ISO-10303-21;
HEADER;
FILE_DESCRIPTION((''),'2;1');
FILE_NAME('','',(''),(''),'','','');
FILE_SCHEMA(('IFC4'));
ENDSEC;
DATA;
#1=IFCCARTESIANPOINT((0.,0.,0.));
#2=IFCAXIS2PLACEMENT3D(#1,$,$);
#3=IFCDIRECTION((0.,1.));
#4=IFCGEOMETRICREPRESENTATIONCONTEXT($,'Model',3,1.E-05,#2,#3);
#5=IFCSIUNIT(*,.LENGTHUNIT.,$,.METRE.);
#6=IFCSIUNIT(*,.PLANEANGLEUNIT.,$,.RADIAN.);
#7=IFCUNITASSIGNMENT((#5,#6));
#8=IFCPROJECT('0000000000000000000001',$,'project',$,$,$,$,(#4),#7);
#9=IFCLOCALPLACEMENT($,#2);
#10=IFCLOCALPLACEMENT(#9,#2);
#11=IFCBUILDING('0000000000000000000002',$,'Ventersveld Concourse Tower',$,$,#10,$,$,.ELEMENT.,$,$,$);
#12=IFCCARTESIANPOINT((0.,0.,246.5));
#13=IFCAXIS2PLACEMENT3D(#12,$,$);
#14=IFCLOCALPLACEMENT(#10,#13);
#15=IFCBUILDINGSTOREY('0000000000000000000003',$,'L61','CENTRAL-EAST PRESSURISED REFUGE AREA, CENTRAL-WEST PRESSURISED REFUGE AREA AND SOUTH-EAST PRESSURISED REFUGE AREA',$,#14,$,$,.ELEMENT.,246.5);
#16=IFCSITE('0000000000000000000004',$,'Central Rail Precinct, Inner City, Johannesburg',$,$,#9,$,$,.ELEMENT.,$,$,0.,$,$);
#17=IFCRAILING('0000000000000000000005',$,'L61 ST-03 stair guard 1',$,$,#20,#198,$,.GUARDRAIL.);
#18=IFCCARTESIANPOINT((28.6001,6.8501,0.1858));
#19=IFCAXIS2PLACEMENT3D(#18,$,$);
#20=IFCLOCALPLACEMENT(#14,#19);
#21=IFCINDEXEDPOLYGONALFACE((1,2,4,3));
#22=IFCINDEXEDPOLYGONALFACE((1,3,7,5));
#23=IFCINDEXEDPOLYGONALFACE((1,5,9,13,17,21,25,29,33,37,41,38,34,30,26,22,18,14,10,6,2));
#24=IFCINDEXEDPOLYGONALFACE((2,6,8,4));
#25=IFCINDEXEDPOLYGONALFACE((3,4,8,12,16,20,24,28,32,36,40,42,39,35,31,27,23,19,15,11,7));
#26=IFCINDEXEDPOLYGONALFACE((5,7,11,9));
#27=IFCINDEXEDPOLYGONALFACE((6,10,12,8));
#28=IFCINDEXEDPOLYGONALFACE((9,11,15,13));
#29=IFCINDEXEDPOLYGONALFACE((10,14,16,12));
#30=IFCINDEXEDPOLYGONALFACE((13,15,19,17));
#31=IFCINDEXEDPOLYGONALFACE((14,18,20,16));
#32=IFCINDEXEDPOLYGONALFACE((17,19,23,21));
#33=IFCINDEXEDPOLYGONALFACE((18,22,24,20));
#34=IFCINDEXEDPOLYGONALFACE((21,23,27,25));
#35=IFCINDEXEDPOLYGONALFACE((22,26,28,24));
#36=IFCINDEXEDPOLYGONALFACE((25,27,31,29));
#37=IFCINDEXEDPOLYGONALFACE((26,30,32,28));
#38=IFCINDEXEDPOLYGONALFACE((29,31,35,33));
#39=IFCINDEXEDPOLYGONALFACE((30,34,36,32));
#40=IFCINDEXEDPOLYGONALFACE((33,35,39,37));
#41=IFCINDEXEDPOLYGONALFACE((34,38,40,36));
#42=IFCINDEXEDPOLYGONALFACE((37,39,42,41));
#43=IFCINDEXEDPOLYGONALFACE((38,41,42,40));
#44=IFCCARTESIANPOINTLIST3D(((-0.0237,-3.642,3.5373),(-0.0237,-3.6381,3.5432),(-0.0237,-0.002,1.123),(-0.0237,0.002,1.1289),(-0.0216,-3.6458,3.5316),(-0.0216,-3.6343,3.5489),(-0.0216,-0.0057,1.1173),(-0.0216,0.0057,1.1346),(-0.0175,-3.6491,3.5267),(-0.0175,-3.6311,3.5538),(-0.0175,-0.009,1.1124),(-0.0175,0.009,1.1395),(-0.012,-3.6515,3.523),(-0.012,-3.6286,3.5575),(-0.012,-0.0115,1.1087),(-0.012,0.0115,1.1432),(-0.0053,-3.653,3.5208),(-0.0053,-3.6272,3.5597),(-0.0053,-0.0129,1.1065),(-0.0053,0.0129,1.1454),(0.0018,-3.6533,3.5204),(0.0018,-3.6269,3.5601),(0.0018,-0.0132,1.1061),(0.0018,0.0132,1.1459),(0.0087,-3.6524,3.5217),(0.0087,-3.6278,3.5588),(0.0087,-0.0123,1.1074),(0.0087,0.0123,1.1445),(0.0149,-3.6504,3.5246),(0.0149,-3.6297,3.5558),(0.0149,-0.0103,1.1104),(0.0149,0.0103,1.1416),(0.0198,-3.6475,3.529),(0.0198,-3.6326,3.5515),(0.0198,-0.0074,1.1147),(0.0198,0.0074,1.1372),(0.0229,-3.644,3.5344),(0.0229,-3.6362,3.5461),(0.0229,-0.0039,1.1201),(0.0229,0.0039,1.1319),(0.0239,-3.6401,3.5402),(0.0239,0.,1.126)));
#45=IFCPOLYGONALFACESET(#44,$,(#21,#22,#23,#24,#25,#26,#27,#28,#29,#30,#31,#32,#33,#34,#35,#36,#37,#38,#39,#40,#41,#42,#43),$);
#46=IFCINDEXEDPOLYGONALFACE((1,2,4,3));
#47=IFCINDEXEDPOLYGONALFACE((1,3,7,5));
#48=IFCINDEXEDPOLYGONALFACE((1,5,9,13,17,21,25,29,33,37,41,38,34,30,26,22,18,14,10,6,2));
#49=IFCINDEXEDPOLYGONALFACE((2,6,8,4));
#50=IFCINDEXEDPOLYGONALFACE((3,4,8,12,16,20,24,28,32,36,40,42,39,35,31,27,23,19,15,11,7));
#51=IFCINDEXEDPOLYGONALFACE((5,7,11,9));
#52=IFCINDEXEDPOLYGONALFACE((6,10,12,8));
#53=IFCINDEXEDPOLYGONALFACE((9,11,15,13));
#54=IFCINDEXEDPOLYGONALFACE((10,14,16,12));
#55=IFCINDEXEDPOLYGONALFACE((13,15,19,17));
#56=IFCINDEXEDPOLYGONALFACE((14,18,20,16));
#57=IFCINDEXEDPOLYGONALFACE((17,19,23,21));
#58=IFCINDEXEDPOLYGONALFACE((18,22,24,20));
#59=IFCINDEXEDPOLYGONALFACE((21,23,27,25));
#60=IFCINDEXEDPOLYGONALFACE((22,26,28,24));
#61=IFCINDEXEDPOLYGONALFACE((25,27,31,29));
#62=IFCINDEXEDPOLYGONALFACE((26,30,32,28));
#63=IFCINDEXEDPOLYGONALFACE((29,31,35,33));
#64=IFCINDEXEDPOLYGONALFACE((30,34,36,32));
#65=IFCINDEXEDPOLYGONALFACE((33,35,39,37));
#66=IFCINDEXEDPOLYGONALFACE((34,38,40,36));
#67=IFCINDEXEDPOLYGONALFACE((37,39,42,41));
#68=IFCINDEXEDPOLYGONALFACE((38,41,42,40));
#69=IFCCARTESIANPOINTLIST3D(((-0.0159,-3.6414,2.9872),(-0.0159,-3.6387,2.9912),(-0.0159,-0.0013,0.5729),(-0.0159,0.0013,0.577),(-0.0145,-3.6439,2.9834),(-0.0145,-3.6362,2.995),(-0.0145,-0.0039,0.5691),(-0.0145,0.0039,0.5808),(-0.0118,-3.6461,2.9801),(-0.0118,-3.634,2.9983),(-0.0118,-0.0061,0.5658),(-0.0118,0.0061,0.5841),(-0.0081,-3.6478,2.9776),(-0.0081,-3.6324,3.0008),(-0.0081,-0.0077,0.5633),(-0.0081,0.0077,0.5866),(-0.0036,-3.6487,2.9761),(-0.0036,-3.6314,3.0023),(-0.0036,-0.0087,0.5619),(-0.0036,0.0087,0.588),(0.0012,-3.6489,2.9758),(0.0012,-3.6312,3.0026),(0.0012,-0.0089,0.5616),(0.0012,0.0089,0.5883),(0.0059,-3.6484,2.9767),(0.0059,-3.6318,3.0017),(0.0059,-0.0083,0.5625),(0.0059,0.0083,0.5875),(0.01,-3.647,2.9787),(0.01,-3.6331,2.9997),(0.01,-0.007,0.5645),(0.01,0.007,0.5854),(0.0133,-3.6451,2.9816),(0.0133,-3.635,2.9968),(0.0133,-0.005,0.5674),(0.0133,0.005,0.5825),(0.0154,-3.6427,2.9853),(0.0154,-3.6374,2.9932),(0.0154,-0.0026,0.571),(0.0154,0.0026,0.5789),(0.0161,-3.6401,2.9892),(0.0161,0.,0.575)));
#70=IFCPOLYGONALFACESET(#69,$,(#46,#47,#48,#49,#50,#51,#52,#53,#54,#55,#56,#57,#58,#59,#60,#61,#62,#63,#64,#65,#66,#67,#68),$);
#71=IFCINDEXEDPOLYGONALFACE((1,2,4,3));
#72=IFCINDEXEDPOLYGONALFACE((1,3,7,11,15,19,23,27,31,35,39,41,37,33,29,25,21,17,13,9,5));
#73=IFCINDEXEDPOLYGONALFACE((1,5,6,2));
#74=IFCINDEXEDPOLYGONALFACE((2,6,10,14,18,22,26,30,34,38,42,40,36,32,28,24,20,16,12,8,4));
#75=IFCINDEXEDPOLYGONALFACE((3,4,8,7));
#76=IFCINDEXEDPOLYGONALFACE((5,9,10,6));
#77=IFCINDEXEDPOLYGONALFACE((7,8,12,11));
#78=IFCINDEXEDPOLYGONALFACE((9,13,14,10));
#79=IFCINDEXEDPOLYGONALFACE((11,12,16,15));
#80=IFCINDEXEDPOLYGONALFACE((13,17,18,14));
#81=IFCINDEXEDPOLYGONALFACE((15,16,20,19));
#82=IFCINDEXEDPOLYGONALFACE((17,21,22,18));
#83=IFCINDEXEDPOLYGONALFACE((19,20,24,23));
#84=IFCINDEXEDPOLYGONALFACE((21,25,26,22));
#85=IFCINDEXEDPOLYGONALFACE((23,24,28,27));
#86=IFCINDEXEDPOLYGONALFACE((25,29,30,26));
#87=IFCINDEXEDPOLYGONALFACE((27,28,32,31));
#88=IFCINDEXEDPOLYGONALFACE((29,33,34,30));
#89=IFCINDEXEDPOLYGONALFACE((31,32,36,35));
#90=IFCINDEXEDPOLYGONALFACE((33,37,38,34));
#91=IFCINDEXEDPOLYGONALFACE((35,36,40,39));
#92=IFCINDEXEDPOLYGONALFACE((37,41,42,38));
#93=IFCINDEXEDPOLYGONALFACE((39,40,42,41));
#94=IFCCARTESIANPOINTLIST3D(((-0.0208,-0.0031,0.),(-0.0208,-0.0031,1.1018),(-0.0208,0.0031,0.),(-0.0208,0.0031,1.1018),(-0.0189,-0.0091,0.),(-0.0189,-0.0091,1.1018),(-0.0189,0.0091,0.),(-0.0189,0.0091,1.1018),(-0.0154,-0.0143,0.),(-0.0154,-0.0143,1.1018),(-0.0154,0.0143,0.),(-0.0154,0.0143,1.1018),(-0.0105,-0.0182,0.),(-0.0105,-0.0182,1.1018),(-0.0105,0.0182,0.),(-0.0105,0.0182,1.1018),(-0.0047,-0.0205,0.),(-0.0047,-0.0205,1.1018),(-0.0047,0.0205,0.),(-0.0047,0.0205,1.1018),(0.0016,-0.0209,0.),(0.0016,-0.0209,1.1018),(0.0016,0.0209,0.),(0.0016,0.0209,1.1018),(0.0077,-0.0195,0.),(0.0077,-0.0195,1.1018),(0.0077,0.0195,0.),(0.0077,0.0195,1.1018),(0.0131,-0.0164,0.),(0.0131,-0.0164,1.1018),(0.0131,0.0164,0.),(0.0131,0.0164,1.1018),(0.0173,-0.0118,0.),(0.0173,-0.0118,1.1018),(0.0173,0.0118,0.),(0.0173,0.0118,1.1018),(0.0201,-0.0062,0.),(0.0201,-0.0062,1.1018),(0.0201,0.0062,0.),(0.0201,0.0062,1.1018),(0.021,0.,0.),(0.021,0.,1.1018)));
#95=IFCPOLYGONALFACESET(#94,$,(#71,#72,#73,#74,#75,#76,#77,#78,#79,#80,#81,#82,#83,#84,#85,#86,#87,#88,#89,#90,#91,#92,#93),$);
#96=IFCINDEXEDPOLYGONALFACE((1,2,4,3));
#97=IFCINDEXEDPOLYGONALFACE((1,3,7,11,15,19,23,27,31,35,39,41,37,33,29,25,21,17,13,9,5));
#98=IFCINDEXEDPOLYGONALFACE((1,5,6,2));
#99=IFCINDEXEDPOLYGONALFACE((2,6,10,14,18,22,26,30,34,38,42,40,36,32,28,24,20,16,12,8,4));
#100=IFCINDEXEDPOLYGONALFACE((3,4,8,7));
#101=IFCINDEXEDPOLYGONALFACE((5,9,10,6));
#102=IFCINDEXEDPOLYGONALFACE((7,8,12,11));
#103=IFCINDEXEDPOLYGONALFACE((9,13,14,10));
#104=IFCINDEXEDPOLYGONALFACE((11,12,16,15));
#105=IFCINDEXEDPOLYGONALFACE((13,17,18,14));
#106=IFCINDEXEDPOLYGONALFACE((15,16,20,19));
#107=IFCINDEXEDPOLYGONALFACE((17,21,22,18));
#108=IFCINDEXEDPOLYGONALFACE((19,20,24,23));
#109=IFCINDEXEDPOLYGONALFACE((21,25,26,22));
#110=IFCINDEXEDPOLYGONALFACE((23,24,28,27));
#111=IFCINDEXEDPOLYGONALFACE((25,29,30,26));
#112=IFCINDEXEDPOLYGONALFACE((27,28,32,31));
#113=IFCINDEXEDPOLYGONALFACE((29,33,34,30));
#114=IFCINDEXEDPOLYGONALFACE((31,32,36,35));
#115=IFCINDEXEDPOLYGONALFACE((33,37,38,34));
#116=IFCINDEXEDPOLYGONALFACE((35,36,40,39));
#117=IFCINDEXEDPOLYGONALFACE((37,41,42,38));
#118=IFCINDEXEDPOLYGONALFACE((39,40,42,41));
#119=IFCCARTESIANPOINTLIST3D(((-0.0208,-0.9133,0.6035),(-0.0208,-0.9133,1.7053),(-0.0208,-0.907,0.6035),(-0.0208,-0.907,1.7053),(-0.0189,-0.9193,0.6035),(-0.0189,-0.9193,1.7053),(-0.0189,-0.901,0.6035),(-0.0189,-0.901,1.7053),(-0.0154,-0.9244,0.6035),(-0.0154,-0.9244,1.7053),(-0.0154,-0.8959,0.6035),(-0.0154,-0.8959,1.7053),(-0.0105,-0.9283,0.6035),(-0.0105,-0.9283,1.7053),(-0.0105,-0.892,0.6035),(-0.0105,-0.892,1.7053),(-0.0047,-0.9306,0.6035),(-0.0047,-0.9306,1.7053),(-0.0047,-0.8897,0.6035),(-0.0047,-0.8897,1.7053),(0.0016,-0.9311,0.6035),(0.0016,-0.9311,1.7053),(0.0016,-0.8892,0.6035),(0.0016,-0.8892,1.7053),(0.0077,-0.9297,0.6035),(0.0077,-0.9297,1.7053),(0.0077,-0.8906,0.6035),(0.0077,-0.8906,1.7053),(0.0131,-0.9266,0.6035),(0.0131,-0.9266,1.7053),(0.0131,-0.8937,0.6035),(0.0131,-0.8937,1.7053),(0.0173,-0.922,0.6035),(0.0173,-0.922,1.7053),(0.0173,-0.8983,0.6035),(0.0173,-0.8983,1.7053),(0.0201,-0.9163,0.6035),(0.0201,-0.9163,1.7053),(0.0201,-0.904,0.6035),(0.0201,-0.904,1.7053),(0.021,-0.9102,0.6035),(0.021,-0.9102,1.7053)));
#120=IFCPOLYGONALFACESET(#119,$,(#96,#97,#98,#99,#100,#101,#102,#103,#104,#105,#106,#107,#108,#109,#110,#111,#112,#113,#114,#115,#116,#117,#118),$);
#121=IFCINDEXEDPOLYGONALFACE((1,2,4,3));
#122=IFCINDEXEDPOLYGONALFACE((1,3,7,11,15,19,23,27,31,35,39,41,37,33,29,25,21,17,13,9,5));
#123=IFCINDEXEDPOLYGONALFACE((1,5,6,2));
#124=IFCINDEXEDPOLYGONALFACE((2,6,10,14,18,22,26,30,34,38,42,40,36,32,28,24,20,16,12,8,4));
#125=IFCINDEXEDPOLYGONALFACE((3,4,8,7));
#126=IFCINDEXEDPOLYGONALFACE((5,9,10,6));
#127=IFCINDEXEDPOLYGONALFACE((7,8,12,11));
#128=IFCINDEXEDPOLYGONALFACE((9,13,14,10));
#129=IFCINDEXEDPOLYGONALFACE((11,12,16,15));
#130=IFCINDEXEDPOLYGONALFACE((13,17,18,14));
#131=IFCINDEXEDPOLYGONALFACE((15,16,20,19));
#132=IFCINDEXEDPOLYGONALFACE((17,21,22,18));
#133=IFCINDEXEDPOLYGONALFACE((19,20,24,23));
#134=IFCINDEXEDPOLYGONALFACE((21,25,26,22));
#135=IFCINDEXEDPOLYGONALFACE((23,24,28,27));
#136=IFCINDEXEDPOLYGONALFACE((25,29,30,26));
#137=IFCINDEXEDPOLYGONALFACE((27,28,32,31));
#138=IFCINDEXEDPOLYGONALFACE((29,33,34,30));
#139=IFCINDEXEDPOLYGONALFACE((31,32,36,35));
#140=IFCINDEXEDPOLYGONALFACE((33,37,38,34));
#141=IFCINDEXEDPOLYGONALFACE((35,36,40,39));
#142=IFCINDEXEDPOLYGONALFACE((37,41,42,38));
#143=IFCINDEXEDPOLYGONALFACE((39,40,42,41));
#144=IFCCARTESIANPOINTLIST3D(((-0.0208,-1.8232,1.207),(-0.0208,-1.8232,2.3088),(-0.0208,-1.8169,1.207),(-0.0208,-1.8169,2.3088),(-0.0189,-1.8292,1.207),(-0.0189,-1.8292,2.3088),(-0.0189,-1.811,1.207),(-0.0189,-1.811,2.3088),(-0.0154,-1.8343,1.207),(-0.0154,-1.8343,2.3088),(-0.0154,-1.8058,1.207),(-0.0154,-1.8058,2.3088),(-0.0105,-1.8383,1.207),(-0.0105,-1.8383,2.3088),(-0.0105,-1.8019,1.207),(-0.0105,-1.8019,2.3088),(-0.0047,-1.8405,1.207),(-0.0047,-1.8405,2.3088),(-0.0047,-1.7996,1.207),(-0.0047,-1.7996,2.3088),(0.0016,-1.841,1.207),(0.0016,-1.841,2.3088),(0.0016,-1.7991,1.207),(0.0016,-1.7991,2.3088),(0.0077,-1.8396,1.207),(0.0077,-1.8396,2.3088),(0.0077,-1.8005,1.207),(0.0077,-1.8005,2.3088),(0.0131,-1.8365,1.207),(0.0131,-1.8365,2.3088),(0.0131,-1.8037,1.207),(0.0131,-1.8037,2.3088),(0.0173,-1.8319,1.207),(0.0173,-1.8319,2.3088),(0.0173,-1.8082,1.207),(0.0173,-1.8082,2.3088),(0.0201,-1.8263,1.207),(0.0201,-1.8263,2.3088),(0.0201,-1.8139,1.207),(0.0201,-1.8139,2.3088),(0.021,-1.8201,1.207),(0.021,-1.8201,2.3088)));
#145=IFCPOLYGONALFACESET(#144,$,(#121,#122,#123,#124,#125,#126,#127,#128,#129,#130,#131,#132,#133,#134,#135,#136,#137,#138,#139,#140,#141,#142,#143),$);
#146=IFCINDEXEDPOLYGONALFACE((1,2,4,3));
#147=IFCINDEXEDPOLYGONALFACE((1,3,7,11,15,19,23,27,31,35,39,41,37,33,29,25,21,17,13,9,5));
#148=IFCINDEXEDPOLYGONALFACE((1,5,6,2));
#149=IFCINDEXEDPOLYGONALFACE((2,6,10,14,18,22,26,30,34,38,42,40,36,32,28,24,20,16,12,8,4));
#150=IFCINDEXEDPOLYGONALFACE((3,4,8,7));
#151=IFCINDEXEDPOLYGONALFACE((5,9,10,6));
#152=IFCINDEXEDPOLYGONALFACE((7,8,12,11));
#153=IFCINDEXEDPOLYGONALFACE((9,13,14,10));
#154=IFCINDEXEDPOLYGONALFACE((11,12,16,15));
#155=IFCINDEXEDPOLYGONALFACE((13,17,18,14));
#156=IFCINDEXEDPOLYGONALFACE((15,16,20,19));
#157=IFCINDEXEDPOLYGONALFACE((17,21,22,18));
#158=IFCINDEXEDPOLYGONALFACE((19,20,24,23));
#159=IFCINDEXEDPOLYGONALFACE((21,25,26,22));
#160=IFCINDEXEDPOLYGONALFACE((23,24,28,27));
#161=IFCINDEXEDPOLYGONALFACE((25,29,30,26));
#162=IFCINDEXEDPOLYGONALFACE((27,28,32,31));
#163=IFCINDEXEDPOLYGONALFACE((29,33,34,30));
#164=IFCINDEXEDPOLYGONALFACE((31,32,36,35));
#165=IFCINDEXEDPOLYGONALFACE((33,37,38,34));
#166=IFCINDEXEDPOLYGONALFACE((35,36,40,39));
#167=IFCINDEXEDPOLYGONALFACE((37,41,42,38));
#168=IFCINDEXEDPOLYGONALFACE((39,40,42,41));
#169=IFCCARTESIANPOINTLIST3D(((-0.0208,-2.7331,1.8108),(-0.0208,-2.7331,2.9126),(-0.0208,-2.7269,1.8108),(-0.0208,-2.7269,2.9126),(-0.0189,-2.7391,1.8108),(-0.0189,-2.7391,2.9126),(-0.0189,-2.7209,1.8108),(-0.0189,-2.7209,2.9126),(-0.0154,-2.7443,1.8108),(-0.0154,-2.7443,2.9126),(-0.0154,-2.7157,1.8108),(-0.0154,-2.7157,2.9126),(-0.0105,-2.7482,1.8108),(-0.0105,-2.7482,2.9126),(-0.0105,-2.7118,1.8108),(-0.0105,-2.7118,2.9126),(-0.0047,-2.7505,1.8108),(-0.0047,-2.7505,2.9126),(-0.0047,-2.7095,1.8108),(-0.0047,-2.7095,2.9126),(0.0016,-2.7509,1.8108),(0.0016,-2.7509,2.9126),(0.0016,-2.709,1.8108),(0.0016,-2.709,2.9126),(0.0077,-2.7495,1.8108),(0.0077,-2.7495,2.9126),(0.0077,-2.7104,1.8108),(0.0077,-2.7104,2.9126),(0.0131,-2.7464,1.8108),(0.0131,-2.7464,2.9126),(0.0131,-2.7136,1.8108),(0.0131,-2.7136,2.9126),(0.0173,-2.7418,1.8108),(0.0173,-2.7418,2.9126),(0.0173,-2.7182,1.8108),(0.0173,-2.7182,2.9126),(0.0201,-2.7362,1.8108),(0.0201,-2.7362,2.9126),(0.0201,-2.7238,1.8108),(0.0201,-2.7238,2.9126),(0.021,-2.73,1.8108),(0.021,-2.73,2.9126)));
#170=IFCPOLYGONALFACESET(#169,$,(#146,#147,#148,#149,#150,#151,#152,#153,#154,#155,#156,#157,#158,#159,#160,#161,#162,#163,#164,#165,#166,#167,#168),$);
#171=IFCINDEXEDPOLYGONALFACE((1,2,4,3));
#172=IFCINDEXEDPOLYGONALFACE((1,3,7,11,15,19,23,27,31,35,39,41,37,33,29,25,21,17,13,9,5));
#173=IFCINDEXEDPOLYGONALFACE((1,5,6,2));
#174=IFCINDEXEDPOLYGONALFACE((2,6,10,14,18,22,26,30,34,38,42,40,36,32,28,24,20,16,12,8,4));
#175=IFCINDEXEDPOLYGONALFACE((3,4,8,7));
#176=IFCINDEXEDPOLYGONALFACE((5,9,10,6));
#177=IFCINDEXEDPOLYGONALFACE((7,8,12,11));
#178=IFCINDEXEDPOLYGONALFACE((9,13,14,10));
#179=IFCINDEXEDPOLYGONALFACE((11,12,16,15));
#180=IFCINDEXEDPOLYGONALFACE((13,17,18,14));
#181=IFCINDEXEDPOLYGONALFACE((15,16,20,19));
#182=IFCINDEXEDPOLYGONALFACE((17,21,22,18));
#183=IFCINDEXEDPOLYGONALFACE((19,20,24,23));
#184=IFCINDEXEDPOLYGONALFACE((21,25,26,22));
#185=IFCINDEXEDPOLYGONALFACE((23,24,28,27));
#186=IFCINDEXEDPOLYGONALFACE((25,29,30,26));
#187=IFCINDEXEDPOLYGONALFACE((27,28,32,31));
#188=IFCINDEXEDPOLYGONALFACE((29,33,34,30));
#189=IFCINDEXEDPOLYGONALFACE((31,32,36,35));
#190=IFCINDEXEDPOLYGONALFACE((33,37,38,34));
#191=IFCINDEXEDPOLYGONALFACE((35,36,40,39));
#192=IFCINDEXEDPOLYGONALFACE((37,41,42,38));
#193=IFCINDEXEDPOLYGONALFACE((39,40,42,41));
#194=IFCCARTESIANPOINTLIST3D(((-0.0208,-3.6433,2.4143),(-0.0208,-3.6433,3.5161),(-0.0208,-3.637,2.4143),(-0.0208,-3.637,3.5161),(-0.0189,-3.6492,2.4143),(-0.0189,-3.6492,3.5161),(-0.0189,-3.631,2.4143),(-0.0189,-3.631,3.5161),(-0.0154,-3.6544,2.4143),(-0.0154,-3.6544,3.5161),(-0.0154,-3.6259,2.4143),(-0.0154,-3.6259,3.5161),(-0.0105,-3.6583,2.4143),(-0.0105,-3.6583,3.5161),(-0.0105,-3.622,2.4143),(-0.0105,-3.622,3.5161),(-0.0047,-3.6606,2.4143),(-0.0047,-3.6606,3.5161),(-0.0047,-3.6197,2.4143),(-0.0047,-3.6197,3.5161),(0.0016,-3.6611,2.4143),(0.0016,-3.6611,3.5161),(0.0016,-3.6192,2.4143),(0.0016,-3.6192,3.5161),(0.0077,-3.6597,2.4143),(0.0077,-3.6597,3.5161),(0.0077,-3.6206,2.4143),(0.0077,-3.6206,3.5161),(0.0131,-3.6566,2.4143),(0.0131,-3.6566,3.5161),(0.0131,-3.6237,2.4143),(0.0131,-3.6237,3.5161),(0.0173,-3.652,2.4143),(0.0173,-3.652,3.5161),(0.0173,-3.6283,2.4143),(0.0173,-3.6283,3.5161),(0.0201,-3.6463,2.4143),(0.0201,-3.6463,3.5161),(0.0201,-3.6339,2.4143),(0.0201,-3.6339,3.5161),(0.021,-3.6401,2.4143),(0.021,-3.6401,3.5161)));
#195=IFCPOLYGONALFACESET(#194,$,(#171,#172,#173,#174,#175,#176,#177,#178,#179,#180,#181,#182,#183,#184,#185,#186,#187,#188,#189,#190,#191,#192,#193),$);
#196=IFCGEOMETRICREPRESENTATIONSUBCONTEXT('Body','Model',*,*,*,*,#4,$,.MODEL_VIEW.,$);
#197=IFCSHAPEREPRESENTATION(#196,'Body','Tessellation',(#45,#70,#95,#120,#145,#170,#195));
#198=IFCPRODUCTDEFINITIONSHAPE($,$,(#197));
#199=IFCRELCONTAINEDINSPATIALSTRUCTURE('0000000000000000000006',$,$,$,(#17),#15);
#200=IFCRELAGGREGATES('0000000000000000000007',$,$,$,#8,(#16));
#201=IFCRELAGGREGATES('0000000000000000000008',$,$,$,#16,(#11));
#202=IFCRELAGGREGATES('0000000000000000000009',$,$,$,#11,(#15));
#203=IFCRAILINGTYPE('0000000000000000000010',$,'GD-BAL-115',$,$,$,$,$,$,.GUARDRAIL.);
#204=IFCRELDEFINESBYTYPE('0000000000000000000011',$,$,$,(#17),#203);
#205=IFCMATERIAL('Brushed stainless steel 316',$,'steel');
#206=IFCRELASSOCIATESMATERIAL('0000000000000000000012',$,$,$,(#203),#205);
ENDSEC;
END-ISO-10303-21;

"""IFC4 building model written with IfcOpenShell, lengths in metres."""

from ifc_helpers import new_model, si_unit, direction, frame, origin, origin_2d, place, context, subcontext, project, spatial, circle, extrude, material, type_object, element, save


model = new_model("IFC4")

# Units and contexts
model_context = context("Model", 3, precision=1e-05, world=origin(), true_north=direction((0.0, 1.0)))
body_context = subcontext(model_context, "Body", "Model", "MODEL_VIEW")
ifc_project = project(units=[si_unit("LENGTHUNIT", "METRE"), si_unit("PLANEANGLEUNIT", "RADIAN")], contexts=[model_context])

# Site, building, storey
site_placement = place(None, origin())
site = spatial("IfcSite", under=ifc_project, at=site_placement, Name="Central Rail Precinct, Inner City, Johannesburg", CompositionType="ELEMENT", RefElevation=0.0)
building_placement = place(site_placement, origin())
building = spatial("IfcBuilding", under=site, at=building_placement, Name="Ventersveld Concourse Tower", CompositionType="ELEMENT")
storey_placement = place(building_placement, frame((0.0, 0.0, 246.5)))
storey = spatial("IfcBuildingStorey", under=building, at=storey_placement, Name="L61", Description="CENTRAL-EAST PRESSURISED REFUGE AREA, CENTRAL-WEST PRESSURISED REFUGE AREA AND SOUTH-EAST PRESSURISED REFUGE AREA", CompositionType="ELEMENT", Elevation=246.5)

# Railing
ifc_material_1 = material(Name="Brushed stainless steel 316", Category="steel")
railing_type_1 = type_object("IfcRailingType", Name="GD-BAL-115", PredefinedType="GUARDRAIL", material=ifc_material_1)
railing_1_placement = place(storey_placement, frame((28.6001, 6.8501, 0.1858)))
element("IfcRailing", 1, at=railing_1_placement, inside=storey, type_object=railing_type_1, Name="L61 ST-03 stair guard 1", PredefinedType="GUARDRAIL", context=body_context, shape_type="SweptSolid", body=[
    extrude(circle(Radius=0.0239, at=origin_2d()), frame((0.0, 0.0, 1.126), z_axis=(0.0, -0.833364, 0.552725), x_axis=(1.0, 0.0, 0.0)), (0.0, 0.0, 1.0), 4.3679),
    extrude(circle(Radius=0.0161, at=origin_2d()), frame((0.0, 0.0, 0.575), z_axis=(0.0, -0.833364, 0.552725), x_axis=(1.0, 0.0, 0.0)), (0.0, 0.0, 1.0), 4.3679),
    extrude(circle(Radius=0.021, at=origin_2d()), origin(), (0.0, 0.0, 1.0), 1.1018),
    extrude(circle(Radius=0.021, at=origin_2d()), frame((0.0, -0.9102, 0.6035)), (0.0, 0.0, 1.0), 1.1018),
    extrude(circle(Radius=0.021, at=origin_2d()), frame((0.0, -1.8201, 1.207)), (0.0, 0.0, 1.0), 1.1018),
    extrude(circle(Radius=0.021, at=origin_2d()), frame((0.0, -2.73, 1.8108)), (0.0, 0.0, 1.0), 1.1018),
    extrude(circle(Radius=0.021, at=origin_2d()), frame((0.0, -3.6401, 2.4143)), (0.0, 0.0, 1.0), 1.1018),
])

save(model, "model.ifc")
